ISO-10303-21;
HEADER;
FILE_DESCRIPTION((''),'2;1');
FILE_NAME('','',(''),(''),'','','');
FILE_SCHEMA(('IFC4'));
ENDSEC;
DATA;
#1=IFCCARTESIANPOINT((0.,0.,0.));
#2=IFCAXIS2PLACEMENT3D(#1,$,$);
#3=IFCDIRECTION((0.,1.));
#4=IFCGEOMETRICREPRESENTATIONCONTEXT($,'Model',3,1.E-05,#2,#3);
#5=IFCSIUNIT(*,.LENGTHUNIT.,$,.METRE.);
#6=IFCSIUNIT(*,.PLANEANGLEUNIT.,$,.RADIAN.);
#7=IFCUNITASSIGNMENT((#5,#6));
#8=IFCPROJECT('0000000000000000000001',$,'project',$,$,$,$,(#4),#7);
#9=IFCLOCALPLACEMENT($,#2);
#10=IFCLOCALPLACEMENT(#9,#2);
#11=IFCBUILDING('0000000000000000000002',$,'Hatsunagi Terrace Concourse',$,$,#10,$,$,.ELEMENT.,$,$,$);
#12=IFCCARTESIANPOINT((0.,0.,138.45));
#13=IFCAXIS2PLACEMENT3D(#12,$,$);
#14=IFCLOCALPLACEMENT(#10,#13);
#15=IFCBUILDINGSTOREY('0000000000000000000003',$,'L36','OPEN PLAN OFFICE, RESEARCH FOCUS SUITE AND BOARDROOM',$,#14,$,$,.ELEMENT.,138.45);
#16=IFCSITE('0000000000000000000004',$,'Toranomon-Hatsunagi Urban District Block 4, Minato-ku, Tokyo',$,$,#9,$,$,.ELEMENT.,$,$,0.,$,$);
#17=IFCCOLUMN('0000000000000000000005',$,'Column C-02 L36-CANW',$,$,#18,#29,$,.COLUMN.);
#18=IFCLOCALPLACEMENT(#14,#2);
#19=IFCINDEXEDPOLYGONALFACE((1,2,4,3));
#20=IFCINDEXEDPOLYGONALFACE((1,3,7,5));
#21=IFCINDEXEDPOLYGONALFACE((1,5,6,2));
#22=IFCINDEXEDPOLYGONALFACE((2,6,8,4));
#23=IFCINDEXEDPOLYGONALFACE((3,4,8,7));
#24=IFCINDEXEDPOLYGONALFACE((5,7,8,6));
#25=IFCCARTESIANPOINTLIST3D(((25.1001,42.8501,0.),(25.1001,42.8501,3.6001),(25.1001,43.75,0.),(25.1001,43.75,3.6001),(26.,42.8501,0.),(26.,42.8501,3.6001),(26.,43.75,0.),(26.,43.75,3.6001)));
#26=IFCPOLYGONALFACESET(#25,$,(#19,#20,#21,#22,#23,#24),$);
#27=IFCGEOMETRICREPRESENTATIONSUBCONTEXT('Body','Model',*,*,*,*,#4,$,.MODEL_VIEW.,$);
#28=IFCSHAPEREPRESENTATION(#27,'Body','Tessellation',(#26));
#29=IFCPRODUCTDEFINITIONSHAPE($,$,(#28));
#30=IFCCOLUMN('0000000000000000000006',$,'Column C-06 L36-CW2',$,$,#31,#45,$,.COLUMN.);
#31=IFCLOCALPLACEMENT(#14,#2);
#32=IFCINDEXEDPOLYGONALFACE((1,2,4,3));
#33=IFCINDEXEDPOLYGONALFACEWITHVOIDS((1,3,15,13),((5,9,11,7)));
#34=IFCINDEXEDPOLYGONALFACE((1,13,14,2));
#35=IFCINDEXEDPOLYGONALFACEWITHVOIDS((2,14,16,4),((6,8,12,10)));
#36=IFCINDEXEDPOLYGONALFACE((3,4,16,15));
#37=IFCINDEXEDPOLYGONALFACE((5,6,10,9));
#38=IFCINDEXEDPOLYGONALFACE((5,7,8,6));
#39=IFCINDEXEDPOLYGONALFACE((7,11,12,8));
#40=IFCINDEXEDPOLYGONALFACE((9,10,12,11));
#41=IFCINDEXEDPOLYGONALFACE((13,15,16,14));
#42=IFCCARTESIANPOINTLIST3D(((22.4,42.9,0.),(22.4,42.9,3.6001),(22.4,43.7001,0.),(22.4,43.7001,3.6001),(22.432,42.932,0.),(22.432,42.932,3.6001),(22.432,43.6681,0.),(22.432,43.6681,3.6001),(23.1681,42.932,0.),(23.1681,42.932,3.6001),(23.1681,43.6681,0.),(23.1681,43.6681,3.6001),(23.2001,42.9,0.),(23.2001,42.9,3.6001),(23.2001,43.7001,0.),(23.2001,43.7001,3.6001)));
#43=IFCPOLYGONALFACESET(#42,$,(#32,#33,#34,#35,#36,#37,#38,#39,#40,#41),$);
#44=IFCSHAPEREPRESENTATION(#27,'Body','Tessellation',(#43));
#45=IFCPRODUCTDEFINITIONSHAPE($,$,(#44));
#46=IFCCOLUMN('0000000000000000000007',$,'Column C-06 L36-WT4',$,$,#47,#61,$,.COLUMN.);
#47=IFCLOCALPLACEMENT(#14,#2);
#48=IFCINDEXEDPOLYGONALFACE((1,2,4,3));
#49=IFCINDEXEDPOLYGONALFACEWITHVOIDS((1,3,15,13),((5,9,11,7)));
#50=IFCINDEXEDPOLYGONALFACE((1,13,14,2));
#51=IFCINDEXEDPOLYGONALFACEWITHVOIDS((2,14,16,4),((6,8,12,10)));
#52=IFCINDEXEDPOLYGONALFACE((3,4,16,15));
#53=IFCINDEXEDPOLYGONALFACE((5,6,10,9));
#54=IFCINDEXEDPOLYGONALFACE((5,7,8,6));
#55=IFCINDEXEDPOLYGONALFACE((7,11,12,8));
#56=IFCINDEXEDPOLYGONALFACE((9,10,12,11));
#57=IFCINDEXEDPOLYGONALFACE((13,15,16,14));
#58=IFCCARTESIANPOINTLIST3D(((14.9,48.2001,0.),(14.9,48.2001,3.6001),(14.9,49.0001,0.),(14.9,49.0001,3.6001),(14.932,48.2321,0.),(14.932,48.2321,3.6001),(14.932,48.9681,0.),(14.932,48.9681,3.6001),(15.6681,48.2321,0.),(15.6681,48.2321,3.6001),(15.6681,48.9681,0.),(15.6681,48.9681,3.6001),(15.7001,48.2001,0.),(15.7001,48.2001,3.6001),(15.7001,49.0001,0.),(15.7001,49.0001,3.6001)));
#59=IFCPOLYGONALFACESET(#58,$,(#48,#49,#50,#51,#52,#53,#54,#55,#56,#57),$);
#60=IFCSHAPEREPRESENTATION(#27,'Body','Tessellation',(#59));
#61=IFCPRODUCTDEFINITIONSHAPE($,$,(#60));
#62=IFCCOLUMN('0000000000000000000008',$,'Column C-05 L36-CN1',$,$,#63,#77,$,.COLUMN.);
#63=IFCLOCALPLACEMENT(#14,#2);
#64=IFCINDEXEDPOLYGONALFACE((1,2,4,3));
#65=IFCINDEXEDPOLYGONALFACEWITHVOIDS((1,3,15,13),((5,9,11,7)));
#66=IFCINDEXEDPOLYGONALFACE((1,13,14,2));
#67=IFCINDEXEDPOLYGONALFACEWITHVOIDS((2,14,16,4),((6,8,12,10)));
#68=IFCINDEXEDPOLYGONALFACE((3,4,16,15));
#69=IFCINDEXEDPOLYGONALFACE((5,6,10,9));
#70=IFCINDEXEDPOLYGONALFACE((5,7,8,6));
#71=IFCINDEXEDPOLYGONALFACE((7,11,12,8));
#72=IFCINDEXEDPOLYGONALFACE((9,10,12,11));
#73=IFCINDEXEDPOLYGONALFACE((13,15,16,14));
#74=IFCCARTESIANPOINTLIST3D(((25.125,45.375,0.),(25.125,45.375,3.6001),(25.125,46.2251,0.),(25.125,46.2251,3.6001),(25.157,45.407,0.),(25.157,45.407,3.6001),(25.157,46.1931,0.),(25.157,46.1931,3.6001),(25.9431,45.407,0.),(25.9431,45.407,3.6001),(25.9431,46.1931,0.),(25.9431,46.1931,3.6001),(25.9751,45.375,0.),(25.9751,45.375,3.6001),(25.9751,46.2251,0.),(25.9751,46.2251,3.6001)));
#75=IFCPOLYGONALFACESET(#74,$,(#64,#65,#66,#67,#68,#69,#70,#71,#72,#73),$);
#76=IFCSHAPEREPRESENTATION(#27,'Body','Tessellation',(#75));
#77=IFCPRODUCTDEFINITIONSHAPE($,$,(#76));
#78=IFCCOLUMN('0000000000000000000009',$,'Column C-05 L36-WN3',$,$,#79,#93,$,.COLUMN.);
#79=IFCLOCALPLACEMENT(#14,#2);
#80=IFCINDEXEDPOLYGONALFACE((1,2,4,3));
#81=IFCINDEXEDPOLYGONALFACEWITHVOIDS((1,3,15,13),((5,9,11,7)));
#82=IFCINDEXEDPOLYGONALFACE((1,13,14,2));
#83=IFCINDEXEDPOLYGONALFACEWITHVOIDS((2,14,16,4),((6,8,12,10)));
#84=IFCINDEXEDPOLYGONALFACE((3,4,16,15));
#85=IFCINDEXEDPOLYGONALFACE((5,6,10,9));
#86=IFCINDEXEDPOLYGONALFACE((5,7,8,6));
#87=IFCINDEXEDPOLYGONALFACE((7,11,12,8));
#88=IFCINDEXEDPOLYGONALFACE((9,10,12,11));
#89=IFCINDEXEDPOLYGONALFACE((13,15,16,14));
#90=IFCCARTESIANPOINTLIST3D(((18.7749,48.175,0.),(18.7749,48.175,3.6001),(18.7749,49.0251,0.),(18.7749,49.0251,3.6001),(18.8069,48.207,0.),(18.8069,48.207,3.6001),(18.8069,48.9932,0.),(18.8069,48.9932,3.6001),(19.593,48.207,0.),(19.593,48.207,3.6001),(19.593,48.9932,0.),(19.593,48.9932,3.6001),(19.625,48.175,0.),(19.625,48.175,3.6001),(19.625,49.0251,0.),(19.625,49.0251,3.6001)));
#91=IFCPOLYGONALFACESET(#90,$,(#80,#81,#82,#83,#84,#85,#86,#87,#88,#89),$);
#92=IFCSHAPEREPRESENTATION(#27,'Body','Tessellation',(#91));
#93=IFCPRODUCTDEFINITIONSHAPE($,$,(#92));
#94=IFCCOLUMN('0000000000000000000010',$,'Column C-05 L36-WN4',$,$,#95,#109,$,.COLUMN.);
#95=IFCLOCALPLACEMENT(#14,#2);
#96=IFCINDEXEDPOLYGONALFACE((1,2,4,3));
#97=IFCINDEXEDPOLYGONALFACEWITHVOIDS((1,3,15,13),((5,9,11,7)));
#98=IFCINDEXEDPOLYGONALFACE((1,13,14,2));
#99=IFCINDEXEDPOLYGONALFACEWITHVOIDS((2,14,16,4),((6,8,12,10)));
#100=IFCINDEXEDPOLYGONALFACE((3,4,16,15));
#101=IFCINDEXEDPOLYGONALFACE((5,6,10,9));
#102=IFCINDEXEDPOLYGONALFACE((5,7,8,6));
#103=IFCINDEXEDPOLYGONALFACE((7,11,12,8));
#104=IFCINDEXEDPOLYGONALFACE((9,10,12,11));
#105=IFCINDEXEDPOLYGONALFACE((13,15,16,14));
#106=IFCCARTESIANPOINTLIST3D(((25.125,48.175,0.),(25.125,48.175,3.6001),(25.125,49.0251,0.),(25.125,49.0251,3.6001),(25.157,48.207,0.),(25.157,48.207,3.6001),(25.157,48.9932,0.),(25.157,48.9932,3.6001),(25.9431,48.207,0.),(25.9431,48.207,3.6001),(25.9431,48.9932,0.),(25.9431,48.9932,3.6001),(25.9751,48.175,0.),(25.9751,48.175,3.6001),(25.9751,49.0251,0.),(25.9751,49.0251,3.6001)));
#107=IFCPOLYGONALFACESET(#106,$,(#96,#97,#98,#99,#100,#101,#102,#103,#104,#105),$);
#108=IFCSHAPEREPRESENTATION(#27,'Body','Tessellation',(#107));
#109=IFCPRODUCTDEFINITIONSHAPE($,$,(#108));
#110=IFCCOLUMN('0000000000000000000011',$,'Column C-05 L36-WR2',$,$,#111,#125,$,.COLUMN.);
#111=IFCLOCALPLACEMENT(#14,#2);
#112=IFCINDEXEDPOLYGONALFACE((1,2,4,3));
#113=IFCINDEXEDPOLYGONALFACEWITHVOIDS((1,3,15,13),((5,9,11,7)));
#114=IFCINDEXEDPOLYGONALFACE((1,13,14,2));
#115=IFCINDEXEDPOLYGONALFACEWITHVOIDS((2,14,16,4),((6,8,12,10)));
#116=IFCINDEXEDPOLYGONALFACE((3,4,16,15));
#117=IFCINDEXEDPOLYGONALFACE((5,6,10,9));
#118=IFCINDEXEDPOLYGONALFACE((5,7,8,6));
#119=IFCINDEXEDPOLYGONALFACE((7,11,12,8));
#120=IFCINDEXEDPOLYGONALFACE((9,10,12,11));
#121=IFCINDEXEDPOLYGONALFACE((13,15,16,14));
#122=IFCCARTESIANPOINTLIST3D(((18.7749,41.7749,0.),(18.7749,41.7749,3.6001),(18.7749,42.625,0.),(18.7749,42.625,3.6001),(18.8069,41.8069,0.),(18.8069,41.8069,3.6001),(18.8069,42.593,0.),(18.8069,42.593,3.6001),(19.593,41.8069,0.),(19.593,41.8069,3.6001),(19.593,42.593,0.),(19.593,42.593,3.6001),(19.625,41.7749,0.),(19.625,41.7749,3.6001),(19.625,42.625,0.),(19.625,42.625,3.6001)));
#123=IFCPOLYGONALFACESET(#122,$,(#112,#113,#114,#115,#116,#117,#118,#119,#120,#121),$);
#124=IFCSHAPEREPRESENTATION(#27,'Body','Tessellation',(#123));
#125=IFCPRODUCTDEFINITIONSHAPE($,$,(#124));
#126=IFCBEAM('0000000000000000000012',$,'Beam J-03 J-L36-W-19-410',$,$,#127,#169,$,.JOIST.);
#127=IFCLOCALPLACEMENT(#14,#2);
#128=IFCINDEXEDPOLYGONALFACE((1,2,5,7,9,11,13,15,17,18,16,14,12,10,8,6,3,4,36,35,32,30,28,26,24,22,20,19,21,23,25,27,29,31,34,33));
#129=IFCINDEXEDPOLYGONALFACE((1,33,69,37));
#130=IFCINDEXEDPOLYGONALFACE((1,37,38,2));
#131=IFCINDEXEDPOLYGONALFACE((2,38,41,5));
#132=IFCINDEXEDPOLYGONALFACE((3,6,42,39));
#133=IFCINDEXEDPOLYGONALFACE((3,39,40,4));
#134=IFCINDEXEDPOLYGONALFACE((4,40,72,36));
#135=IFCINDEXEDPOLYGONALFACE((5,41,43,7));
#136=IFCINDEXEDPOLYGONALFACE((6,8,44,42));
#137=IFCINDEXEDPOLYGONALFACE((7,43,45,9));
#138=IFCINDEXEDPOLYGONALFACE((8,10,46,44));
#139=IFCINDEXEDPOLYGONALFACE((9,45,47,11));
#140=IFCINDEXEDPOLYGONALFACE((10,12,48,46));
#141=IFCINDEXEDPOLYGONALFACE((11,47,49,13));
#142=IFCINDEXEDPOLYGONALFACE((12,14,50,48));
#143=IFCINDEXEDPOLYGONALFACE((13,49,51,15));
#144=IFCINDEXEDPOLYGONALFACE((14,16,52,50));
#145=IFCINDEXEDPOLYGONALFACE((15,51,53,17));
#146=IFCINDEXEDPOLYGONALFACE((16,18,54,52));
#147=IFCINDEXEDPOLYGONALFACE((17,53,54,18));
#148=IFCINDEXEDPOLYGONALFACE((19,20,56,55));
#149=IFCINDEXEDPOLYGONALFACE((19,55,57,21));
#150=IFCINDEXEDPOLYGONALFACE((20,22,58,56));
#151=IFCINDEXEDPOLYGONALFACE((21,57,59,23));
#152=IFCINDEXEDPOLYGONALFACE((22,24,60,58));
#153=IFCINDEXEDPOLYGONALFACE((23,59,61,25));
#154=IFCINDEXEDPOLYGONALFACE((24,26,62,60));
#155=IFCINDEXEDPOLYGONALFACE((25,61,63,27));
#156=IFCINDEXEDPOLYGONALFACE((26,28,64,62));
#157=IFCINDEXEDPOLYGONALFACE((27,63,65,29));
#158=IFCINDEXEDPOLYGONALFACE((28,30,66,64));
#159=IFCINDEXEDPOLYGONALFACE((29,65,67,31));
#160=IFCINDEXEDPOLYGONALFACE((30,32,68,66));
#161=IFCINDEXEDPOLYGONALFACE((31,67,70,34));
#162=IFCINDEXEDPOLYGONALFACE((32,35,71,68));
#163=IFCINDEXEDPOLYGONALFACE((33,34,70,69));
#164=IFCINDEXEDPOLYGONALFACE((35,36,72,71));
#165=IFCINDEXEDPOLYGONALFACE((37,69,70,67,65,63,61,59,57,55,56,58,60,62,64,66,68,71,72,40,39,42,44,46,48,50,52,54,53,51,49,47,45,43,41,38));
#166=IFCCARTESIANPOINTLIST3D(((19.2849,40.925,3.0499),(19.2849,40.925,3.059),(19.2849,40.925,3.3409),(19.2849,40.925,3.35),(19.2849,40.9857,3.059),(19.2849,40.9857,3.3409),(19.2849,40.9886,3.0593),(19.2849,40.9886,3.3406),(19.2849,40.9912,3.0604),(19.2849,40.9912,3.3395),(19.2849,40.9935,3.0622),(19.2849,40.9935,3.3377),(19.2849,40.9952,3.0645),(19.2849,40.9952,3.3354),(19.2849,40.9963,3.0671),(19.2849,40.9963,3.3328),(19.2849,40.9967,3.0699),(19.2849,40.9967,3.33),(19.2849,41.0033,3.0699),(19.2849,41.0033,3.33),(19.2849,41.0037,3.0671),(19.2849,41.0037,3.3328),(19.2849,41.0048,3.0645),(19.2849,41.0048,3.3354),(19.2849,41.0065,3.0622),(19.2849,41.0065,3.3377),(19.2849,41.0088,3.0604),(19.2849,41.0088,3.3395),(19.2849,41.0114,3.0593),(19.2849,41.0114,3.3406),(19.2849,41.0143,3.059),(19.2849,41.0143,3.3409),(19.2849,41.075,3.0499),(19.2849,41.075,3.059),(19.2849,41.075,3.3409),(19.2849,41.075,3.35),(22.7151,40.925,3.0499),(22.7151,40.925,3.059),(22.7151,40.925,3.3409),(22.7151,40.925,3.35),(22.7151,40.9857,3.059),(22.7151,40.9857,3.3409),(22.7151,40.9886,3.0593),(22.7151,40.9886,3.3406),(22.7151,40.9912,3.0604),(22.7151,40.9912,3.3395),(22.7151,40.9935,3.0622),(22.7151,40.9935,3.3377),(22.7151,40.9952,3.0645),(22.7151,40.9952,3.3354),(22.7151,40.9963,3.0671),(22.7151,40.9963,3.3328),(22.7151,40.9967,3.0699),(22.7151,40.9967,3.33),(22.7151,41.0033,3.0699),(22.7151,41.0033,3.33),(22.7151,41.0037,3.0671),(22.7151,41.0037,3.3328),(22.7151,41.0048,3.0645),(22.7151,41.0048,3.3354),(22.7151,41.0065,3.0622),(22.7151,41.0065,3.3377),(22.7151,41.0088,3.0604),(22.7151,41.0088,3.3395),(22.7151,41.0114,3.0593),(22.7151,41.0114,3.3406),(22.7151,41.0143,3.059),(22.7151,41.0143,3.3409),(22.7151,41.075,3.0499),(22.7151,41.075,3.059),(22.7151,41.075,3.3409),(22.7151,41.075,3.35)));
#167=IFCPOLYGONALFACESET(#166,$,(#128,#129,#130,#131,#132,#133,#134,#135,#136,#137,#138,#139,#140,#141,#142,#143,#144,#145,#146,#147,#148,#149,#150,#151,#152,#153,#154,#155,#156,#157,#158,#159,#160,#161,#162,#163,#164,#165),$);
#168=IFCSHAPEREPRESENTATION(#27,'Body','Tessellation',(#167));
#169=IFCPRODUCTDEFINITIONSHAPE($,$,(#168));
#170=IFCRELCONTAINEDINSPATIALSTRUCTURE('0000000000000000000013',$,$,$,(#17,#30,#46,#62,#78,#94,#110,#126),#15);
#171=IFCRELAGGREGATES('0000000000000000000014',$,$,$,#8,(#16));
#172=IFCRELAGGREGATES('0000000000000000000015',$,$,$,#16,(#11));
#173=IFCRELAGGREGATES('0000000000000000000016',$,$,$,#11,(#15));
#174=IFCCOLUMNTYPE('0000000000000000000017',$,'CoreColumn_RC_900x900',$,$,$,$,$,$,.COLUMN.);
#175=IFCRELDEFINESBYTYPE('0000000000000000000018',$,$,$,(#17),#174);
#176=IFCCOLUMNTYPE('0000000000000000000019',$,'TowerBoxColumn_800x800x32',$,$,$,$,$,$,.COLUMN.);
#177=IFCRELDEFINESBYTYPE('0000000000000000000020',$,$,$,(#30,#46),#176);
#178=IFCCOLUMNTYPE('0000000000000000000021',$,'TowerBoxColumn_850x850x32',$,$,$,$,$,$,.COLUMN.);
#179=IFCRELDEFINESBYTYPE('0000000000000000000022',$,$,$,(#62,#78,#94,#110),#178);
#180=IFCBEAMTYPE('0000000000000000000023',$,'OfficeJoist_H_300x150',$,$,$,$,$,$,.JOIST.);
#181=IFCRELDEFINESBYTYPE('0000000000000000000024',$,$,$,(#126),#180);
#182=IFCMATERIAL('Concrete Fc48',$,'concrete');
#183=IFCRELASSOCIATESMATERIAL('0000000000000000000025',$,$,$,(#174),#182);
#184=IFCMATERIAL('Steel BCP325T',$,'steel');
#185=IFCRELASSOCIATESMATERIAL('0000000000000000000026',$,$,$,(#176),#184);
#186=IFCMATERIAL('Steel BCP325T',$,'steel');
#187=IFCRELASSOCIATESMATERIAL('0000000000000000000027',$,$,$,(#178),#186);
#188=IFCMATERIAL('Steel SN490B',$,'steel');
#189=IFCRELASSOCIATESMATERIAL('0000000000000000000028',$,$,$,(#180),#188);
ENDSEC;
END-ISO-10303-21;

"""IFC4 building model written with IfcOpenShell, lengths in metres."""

from ifc_helpers import new_model, si_unit, direction, frame, origin, origin_2d, place, context, subcontext, project, spatial, rectangle, hollow_rectangle, i_section, extrude, material, material_profile, profile_set, type_object, element, save


model = new_model("IFC4")

# Units and contexts
model_context = context("Model", 3, precision=1e-05, world=origin(), true_north=direction((0.0, 1.0)))
body_context = subcontext(model_context, "Body", "Model", "MODEL_VIEW")
ifc_project = project(units=[si_unit("LENGTHUNIT", "METRE"), si_unit("PLANEANGLEUNIT", "RADIAN")], contexts=[model_context])

# Site, building, storey
site_placement = place(None, origin())
site = spatial("IfcSite", under=ifc_project, at=site_placement, Name="Toranomon-Hatsunagi Urban District Block 4, Minato-ku, Tokyo", CompositionType="ELEMENT", RefElevation=0.0)
building_placement = place(site_placement, origin())
building = spatial("IfcBuilding", under=site, at=building_placement, Name="Hatsunagi Terrace Concourse", CompositionType="ELEMENT")
storey_placement = place(building_placement, frame((0.0, 0.0, 138.45)))
storey = spatial("IfcBuildingStorey", under=building, at=storey_placement, Name="L36", Description="OPEN PLAN OFFICE, RESEARCH FOCUS SUITE AND BOARDROOM", CompositionType="ELEMENT", Elevation=138.45)

# Columns
ifc_material_1 = material(Name="Concrete Fc48", Category="concrete")
ifc_material_profile_1 = material_profile(ifc_material_1, rectangle(XDim=0.8999, YDim=0.8999, at=origin_2d()), Name="RC-900x900")
ifc_profile_set_1 = profile_set([ifc_material_profile_1], Name="Concrete Fc48")
column_type_1 = type_object("IfcColumnType", Name="CoreColumn_RC_900x900", PredefinedType="COLUMN", material=ifc_profile_set_1)
column_placement = place(storey_placement, frame((25.55, 43.3, 0.0), z_axis=(0.0, 0.0, 1.0), x_axis=(1.0, 0.0, 0.0)))
element("IfcColumn", 1, at=column_placement, inside=storey, type_object=column_type_1, Name="Column C-02 L36-CANW", PredefinedType="COLUMN", context=body_context, shape_type="SweptSolid", body=[
    extrude(rectangle(XDim=0.8999, YDim=0.8999, at=origin_2d()), origin(), (0.0, 0.0, 1.0), 3.6001),
])
ifc_material_2 = material(Name="Steel BCP325T", Category="steel")
ifc_material_profile_2 = material_profile(ifc_material_2, hollow_rectangle(XDim=0.8, YDim=0.8, WallThickness=0.032, at=origin_2d()), Name="BCP-800x800x32")
ifc_profile_set_2 = profile_set([ifc_material_profile_2], Name="Steel BCP325T")
column_type_2 = type_object("IfcColumnType", Name="TowerBoxColumn_800x800x32", PredefinedType="COLUMN", material=ifc_profile_set_2)
for number, where, z_axis, x_axis, name in (
    (2, (22.8, 43.3, 0.0), (0.0, 0.0, 1.0), (1.0, 0.0, 0.0), "Column C-06 L36-CW2"),
    (3, (15.3, 48.6001, 0.0), (0.0, 0.0, 1.0), (1.0, 0.0, 0.0), "Column C-06 L36-WT4"),
):
    element("IfcColumn", number, at=place(storey_placement, frame(where, z_axis=z_axis, x_axis=x_axis)), inside=storey, type_object=column_type_2, Name=name, PredefinedType="COLUMN", context=body_context, shape_type="SweptSolid", body=[
        extrude(hollow_rectangle(XDim=0.8, YDim=0.8, WallThickness=0.032, at=origin_2d()), origin(), (0.0, 0.0, 1.0), 3.6001),
    ])
ifc_material_3 = material(Name="Steel BCP325T", Category="steel")
ifc_material_profile_3 = material_profile(ifc_material_3, hollow_rectangle(XDim=0.8501, YDim=0.8501, WallThickness=0.032, at=origin_2d()), Name="BCP-850x850x32")
ifc_profile_set_3 = profile_set([ifc_material_profile_3], Name="Steel BCP325T")
column_type_3 = type_object("IfcColumnType", Name="TowerBoxColumn_850x850x32", PredefinedType="COLUMN", material=ifc_profile_set_3)
for number, where, z_axis, x_axis, name in (
    (4, (25.55, 45.8, 0.0), (0.0, 0.0, 1.0), (1.0, 0.0, 0.0), "Column C-05 L36-CN1"),
    (5, (19.2, 48.6001, 0.0), (0.0, 0.0, 1.0), (1.0, 0.0, 0.0), "Column C-05 L36-WN3"),
    (6, (25.55, 48.6001, 0.0), (0.0, 0.0, 1.0), (1.0, 0.0, 0.0), "Column C-05 L36-WN4"),
    (7, (19.2, 42.2, 0.0), (0.0, 0.0, 1.0), (1.0, 0.0, 0.0), "Column C-05 L36-WR2"),
):
    element("IfcColumn", number, at=place(storey_placement, frame(where, z_axis=z_axis, x_axis=x_axis)), inside=storey, type_object=column_type_3, Name=name, PredefinedType="COLUMN", context=body_context, shape_type="SweptSolid", body=[
        extrude(hollow_rectangle(XDim=0.8501, YDim=0.8501, WallThickness=0.032, at=origin_2d()), origin(), (0.0, 0.0, 1.0), 3.6001),
    ])

# Beam
ifc_material_4 = material(Name="Steel SN490B", Category="steel")
ifc_material_profile_4 = material_profile(ifc_material_4, i_section(OverallWidth=0.1499, OverallDepth=0.3, WebThickness=0.0066, FlangeThickness=0.009, FilletRadius=0.011, at=origin_2d()), Name="H-300x150x6.5x9")
ifc_profile_set_4 = profile_set([ifc_material_profile_4], Name="Steel SN490B")
beam_type_1 = type_object("IfcBeamType", Name="OfficeJoist_H_300x150", PredefinedType="JOIST", material=ifc_profile_set_4)
beam_1_placement = place(storey_placement, frame((19.2849, 41.0, 3.2), z_axis=(1.0, 0.0, 0.0), x_axis=(0.0, 1.0, 0.0)))
element("IfcBeam", 8, at=beam_1_placement, inside=storey, type_object=beam_type_1, Name="Beam J-03 J-L36-W-19-410", PredefinedType="JOIST", context=body_context, shape_type="SweptSolid", body=[
    extrude(i_section(OverallWidth=0.1499, OverallDepth=0.3, WebThickness=0.0066, FlangeThickness=0.009, FilletRadius=0.011, at=origin_2d()), origin(), (0.0, 0.0, 1.0), 3.4302),
])

save(model, "model.ifc")
